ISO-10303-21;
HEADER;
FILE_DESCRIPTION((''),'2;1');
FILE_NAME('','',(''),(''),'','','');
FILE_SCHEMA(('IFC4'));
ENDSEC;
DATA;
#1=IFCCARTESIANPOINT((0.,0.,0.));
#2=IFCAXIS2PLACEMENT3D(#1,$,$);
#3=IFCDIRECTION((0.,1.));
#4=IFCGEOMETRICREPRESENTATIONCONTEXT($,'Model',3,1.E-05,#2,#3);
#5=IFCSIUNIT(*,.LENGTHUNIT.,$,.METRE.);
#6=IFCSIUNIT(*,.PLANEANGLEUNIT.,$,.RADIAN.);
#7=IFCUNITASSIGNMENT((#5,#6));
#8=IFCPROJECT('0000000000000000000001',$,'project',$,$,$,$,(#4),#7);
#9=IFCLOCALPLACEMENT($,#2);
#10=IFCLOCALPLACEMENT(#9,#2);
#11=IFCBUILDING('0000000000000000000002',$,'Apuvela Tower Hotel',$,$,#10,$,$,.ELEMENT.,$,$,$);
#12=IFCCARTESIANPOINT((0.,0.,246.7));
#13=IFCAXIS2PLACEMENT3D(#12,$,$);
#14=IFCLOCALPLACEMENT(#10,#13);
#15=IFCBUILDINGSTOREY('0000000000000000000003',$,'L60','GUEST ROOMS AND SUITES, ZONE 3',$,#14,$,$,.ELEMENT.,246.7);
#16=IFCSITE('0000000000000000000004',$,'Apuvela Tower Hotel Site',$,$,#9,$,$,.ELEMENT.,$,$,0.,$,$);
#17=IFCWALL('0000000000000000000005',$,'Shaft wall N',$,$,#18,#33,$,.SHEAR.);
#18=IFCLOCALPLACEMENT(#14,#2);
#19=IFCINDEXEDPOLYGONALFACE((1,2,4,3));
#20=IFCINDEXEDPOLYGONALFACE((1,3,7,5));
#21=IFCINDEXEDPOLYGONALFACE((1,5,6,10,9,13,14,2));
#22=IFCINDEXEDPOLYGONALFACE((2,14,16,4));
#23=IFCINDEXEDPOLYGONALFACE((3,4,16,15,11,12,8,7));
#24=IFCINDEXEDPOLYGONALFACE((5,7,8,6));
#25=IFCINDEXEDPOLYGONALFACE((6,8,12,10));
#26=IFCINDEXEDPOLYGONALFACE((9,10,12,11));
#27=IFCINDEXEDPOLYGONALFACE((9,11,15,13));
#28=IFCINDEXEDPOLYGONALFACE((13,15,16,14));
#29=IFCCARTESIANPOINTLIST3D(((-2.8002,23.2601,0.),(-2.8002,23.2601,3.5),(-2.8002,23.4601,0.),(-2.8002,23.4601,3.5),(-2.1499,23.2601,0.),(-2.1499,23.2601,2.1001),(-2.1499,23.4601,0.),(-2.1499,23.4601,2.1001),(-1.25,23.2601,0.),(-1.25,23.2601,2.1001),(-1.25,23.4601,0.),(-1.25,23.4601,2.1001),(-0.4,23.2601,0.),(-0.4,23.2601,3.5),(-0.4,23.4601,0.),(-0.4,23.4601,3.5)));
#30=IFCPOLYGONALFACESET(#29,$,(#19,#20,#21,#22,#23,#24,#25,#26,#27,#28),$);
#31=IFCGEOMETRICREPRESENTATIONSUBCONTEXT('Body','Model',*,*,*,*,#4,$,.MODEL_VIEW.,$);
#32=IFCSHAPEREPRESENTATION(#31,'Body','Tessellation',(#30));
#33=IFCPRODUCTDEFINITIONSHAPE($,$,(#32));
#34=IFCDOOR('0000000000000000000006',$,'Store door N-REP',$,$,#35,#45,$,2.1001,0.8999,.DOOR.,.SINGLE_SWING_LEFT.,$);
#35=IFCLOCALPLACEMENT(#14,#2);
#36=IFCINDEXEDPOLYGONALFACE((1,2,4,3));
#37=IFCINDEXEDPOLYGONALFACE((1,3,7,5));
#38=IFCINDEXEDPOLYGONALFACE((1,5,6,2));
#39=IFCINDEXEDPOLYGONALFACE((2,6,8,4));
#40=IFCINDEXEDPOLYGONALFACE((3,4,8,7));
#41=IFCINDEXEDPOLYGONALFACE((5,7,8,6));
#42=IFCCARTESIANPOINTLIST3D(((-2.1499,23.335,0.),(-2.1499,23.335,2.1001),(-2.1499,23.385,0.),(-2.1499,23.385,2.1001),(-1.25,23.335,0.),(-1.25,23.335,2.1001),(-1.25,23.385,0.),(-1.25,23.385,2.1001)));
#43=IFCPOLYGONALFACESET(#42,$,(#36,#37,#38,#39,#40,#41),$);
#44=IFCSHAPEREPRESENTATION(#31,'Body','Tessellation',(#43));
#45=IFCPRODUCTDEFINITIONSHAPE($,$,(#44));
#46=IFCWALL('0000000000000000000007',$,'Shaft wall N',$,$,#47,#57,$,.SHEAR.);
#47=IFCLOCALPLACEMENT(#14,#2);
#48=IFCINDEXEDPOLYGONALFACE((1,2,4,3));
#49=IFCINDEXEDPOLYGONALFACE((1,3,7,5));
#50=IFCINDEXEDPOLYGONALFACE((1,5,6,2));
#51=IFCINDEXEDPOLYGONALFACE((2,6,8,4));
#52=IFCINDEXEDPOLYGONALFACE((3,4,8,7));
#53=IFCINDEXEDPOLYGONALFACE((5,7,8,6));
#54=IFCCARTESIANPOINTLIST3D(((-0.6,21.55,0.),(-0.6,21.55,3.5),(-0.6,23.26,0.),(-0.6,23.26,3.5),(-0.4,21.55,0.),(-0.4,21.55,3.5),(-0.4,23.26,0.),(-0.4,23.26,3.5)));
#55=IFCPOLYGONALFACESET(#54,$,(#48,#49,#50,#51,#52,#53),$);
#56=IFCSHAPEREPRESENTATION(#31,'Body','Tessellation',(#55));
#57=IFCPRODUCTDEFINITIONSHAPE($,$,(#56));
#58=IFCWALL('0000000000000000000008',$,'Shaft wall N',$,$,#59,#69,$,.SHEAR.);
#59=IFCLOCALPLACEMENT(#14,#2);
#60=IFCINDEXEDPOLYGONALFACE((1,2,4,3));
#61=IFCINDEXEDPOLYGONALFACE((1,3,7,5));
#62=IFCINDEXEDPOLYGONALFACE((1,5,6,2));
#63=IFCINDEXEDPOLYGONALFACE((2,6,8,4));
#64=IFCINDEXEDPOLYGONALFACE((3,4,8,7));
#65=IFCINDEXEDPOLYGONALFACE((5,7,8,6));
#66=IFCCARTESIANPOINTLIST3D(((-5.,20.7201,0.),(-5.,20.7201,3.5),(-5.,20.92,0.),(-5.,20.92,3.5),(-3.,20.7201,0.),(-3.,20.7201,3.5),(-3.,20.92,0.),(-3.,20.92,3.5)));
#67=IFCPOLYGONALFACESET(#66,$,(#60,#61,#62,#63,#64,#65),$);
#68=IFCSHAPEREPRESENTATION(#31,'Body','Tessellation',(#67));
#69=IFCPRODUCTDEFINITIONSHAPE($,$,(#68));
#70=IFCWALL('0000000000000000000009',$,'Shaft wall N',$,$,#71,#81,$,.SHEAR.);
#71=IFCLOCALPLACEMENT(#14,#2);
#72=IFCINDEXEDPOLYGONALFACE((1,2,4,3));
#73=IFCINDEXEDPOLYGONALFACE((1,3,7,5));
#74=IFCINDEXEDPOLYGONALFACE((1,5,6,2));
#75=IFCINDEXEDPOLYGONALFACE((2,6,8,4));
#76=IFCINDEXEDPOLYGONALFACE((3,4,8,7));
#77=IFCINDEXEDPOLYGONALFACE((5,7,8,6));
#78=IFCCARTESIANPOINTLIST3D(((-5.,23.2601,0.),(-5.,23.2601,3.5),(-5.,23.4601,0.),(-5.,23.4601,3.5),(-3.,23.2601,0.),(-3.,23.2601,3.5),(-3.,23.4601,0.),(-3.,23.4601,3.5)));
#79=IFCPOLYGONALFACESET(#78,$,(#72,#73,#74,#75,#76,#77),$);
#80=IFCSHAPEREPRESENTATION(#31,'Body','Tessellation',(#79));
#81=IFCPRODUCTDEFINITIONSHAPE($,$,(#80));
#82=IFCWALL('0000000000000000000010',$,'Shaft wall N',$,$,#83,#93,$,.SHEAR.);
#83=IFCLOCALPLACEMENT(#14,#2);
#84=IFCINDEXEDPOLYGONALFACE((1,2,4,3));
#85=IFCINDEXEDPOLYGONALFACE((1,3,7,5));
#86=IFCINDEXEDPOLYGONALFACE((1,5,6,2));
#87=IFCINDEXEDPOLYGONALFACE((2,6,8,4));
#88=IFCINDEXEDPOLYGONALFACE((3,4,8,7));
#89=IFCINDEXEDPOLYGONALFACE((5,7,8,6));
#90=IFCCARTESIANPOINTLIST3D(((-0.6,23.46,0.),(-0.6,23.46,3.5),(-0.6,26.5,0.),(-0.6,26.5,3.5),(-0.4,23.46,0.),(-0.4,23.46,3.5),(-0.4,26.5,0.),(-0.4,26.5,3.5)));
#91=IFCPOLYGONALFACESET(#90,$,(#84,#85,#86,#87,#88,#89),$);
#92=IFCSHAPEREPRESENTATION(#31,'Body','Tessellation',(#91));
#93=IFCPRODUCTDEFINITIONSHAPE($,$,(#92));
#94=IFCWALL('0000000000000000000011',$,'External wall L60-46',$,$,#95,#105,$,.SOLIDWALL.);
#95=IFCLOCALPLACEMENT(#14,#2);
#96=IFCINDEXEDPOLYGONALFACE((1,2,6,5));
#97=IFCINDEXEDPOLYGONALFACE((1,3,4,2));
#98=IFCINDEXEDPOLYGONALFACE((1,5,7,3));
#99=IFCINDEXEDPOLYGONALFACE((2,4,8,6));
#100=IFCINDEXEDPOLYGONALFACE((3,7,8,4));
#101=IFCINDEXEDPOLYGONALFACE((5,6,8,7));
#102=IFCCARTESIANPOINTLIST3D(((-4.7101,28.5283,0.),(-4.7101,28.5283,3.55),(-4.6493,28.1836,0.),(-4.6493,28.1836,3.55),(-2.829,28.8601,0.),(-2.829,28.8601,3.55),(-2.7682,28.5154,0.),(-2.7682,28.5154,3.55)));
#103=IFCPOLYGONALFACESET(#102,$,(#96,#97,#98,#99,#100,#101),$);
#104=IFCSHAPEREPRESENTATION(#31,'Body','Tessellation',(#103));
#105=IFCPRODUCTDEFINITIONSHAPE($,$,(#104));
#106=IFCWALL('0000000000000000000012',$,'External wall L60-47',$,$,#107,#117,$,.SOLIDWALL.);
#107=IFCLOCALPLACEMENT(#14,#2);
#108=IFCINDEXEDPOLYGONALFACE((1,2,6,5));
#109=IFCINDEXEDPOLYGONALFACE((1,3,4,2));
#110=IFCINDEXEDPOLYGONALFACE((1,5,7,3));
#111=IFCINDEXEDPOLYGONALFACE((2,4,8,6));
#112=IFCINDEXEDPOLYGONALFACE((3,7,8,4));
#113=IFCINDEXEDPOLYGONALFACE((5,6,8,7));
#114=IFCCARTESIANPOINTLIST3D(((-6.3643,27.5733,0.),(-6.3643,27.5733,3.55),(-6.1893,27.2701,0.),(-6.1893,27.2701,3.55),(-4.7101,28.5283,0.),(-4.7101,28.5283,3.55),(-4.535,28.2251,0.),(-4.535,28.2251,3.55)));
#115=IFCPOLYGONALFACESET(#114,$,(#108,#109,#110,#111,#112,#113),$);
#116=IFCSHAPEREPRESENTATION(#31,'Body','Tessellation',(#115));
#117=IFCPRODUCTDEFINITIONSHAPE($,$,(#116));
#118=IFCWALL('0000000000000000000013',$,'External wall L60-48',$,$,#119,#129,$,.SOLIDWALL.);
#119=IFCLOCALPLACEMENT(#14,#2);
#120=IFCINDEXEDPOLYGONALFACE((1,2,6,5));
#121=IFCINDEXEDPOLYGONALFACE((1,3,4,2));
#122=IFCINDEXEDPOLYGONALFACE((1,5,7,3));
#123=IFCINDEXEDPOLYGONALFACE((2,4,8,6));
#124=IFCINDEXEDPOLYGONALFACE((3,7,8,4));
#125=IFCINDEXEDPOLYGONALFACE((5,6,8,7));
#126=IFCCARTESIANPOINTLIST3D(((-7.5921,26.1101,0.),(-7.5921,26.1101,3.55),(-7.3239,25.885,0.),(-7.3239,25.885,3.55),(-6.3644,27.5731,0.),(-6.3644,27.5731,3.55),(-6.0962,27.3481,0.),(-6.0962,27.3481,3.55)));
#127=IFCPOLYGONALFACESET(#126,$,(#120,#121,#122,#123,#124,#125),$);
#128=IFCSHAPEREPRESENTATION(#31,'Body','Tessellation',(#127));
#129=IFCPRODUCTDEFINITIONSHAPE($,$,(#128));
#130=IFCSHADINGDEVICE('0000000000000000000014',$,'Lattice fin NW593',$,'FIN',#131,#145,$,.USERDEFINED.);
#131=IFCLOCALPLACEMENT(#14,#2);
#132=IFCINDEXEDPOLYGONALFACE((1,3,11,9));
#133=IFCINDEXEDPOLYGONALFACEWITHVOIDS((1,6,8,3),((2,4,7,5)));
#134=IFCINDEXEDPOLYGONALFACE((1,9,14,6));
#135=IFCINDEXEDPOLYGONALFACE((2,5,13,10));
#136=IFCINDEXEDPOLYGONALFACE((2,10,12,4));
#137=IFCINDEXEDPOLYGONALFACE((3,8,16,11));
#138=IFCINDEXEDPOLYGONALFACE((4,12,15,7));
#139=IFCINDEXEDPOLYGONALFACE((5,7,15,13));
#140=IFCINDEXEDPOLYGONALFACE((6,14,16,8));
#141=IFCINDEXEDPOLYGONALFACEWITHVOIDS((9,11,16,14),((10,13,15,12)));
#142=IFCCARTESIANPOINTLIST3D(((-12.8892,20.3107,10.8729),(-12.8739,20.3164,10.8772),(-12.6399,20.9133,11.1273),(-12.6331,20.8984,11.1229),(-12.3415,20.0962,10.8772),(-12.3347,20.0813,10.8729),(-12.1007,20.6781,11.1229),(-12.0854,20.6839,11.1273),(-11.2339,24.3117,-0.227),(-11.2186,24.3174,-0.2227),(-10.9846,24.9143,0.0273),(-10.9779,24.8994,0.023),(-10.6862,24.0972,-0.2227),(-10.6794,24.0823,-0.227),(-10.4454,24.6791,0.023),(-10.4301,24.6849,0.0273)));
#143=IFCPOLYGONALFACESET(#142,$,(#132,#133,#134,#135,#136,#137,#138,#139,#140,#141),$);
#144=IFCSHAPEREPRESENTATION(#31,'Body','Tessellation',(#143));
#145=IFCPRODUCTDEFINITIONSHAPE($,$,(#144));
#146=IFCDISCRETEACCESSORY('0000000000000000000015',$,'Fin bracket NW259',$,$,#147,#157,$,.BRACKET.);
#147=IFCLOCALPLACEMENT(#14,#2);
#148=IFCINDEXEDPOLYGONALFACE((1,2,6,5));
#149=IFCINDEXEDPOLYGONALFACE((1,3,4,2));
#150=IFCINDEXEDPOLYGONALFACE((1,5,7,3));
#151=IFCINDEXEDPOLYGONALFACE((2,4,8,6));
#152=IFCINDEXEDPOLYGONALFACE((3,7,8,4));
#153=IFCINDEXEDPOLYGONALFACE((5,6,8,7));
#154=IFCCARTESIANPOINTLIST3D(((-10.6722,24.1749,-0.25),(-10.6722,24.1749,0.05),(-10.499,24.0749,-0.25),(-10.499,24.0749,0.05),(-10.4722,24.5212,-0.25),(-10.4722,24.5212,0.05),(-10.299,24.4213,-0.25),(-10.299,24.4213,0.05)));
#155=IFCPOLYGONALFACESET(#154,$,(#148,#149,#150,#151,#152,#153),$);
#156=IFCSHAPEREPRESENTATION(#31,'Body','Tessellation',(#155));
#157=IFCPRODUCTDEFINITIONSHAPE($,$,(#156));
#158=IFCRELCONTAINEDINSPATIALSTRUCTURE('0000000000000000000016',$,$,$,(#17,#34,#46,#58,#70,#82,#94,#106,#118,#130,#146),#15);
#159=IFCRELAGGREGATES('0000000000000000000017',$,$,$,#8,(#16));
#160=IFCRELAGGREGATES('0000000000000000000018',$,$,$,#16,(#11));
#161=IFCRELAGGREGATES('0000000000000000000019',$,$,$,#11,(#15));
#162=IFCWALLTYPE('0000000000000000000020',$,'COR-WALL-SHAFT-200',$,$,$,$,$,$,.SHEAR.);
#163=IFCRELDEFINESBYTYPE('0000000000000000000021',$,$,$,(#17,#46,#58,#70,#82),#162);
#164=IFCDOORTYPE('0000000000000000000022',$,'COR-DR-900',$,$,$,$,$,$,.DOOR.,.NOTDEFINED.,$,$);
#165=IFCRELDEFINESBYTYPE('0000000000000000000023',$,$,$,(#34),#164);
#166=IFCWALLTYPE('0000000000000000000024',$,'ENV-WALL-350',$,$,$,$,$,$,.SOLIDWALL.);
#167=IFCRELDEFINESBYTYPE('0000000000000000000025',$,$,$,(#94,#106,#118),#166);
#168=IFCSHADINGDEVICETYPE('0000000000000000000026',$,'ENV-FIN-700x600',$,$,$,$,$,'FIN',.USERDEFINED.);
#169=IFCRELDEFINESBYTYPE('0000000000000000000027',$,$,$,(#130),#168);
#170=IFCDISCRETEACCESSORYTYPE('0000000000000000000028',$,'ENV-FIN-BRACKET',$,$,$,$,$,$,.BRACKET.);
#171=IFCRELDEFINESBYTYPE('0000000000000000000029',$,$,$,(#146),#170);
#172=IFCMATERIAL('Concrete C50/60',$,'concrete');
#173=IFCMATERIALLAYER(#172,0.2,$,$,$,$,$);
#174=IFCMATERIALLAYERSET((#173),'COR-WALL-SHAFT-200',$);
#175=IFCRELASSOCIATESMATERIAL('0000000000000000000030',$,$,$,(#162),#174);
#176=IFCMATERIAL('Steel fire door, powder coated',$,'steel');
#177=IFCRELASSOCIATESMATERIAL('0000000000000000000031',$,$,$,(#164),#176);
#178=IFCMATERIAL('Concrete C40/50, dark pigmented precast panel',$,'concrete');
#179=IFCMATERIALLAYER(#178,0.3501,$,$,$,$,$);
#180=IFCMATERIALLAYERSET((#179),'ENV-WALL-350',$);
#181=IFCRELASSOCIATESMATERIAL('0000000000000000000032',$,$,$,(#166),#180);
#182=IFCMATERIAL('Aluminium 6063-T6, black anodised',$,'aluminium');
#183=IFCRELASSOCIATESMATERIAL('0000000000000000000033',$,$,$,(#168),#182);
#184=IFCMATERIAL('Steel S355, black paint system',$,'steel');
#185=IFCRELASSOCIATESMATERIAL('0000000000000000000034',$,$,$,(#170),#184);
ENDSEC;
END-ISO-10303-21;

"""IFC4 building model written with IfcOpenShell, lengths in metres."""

from ifc_helpers import new_model, si_unit, direction, frame, frame_2d, origin, origin_2d, place, context, subcontext, project, spatial, rectangle, hollow_rectangle, extrude, material, layer, layer_set, material_profile, profile_set, type_object, element, fill, save


model = new_model("IFC4")

# Units and contexts
model_context = context("Model", 3, precision=1e-05, world=origin(), true_north=direction((0.0, 1.0)))
body_context = subcontext(model_context, "Body", "Model", "MODEL_VIEW")
ifc_project = project(units=[si_unit("LENGTHUNIT", "METRE"), si_unit("PLANEANGLEUNIT", "RADIAN")], contexts=[model_context])

# Site, building, storey
site_placement = place(None, origin())
site = spatial("IfcSite", under=ifc_project, at=site_placement, Name="Apuvela Tower Hotel Site", CompositionType="ELEMENT", RefElevation=0.0)
building_placement = place(site_placement, origin())
building = spatial("IfcBuilding", under=site, at=building_placement, Name="Apuvela Tower Hotel", CompositionType="ELEMENT")
storey_placement = place(building_placement, frame((0.0, 0.0, 246.7)))
storey = spatial("IfcBuildingStorey", under=building, at=storey_placement, Name="L60", Description="GUEST ROOMS AND SUITES, ZONE 3", CompositionType="ELEMENT", Elevation=246.7)

# Wall, opening, door
ifc_material_1 = material(Name="Concrete C50/60", Category="concrete")
ifc_layer_1 = layer(ifc_material_1, 0.2)
ifc_layer_set_1 = layer_set([ifc_layer_1], Name="COR-WALL-SHAFT-200")
wall_type_1 = type_object("IfcWallType", Name="COR-WALL-SHAFT-200", PredefinedType="SHEAR", material=ifc_layer_set_1)
wall_1_placement = place(storey_placement, frame((-0.3999, 23.3601, 0.0), z_axis=(0.0, 0.0, 1.0), x_axis=(-1.0, 0.0, 0.0)))
wall_1 = element("IfcWall", 1, at=wall_1_placement, inside=storey, type_object=wall_type_1, Name="Shaft wall N", PredefinedType="SHEAR", context=body_context, shape_type="SweptSolid", body=[
    extrude(rectangle(XDim=2.4001, YDim=0.2, at=frame_2d((1.2002, 0.0))), origin(), (0.0, 0.0, 1.0), 3.5),
])
opening_1_placement = place(wall_1_placement, frame((0.8501, 0.0, 0.0)))
opening_1 = element("IfcOpeningElement", 2, at=opening_1_placement, cuts=wall_1, PredefinedType="OPENING", context=body_context, shape_type="SweptSolid", body=[
    extrude(rectangle(XDim=0.8999, YDim=2.1001, at=frame_2d((0.45, 1.05))), frame((0.0, 0.1099, 0.0), z_axis=(0.0, -1.0, 0.0), x_axis=(1.0, 0.0, 0.0)), (0.0, 0.0, 1.0), 0.22),
])
ifc_material_2 = material(Name="Steel fire door, powder coated", Category="steel")
door_type_1 = type_object("IfcDoorType", Name="COR-DR-900", OperationType="NOTDEFINED", PredefinedType="DOOR", material=ifc_material_2)
door_1_placement = place(opening_1_placement, frame((0.8999, 0.0, 0.0), z_axis=(0.0, 0.0, 1.0), x_axis=(-1.0, 0.0, 0.0)))
door_1 = element("IfcDoor", 3, at=door_1_placement, inside=storey, type_object=door_type_1, Name="Store door N-REP", OperationType="SINGLE_SWING_LEFT", OverallHeight=2.1001, OverallWidth=0.8999, PredefinedType="DOOR", context=body_context, shape_type="SweptSolid", body=[
    extrude(rectangle(XDim=0.8999, YDim=2.1001, at=frame_2d((0.45, 1.05))), frame((0.0, 0.0249, 0.0), z_axis=(0.0, -1.0, 0.0), x_axis=(1.0, 0.0, 0.0)), (0.0, 0.0, 1.0), 0.05),
])
fill(opening_1, door_1)

# Walls
wall_2_placement = place(storey_placement, frame((-0.5, 21.55, 0.0), z_axis=(0.0, 0.0, 1.0), x_axis=(0.0, 1.0, 0.0)))
element("IfcWall", 4, at=wall_2_placement, inside=storey, type_object=wall_type_1, Name="Shaft wall N", PredefinedType="SHEAR", context=body_context, shape_type="SweptSolid", body=[
    extrude(rectangle(XDim=1.71, YDim=0.2, at=frame_2d((0.855, 0.0))), origin(), (0.0, 0.0, 1.0), 3.5),
])
for number, where, z_axis, x_axis, name in (
    (5, (-3.0, 20.8201, 0.0), (0.0, 0.0, 1.0), (-1.0, 0.0, 0.0), "Shaft wall N"),
    (6, (-3.0, 23.3601, 0.0), (0.0, 0.0, 1.0), (-1.0, 0.0, 0.0), "Shaft wall N"),
):
    element("IfcWall", number, at=place(storey_placement, frame(where, z_axis=z_axis, x_axis=x_axis)), inside=storey, type_object=wall_type_1, Name=name, PredefinedType="SHEAR", context=body_context, shape_type="SweptSolid", body=[
        extrude(rectangle(XDim=2.0, YDim=0.2, at=frame_2d((1.0, 0.0))), origin(), (0.0, 0.0, 1.0), 3.5),
    ])
wall_3_placement = place(storey_placement, frame((-0.5, 23.46, 0.0), z_axis=(0.0, 0.0, 1.0), x_axis=(0.0, 1.0, 0.0)))
element("IfcWall", 7, at=wall_3_placement, inside=storey, type_object=wall_type_1, Name="Shaft wall N", PredefinedType="SHEAR", context=body_context, shape_type="SweptSolid", body=[
    extrude(rectangle(XDim=3.04, YDim=0.2, at=frame_2d((1.52, 0.0))), origin(), (0.0, 0.0, 1.0), 3.5),
])

# Shared definitions
ifc_material_3 = material(Name="Concrete C40/50, dark pigmented precast panel", Category="concrete")
ifc_layer_2 = layer(ifc_material_3, 0.3501)
ifc_layer_set_2 = layer_set([ifc_layer_2], Name="ENV-WALL-350")
wall_type_2 = type_object("IfcWallType", Name="ENV-WALL-350", PredefinedType="SOLIDWALL", material=ifc_layer_set_2)

# Walls
for number, where, z_axis, x_axis, name in (
    (8, (-2.7986, 28.6877, 0.0), (0.0, 0.0, 1.0), (-0.984799, -0.173698, 0.0), "External wall L60-46"),
    (9, (-4.6226, 28.3767, 0.0), (0.0, 0.0, 1.0), (-0.866032, -0.499988, 0.0), "External wall L60-47"),
):
    element("IfcWall", number, at=place(storey_placement, frame(where, z_axis=z_axis, x_axis=x_axis)), inside=storey, type_object=wall_type_2, Name=name, PredefinedType="SOLIDWALL", context=body_context, shape_type="SweptSolid", body=[
        extrude(rectangle(XDim=1.9102, YDim=0.3501, at=frame_2d((0.9551, 0.0))), origin(), (0.0, 0.0, 1.0), 3.55),
    ])
wall_4_placement = place(storey_placement, frame((-6.2302, 27.4607, 0.0), z_axis=(0.0, 0.0, 1.0), x_axis=(-0.642808, -0.766027, 0.0)))
element("IfcWall", 10, at=wall_4_placement, inside=storey, type_object=wall_type_2, Name="External wall L60-48", PredefinedType="SOLIDWALL", context=body_context, shape_type="SweptSolid", body=[
    extrude(rectangle(XDim=1.9099, YDim=0.3501, at=frame_2d((0.9551, 0.0))), origin(), (0.0, 0.0, 1.0), 3.55),
])

# Shading device
ifc_material_4 = material(Name="Aluminium 6063-T6, black anodised", Category="aluminium")
ifc_material_profile_1 = material_profile(ifc_material_4, hollow_rectangle(XDim=0.6001, YDim=0.7, WallThickness=0.012, at=origin_2d()), Name="AL BOX 700x600x12")
ifc_profile_set_1 = profile_set([ifc_material_profile_1], Name="Aluminium 6063-T6, black anodised")
shading_device_type = type_object("IfcShadingDeviceType", Name="ENV-FIN-700x600", ElementType="FIN", PredefinedType="USERDEFINED", material=ifc_profile_set_1)
shading_device_placement = place(storey_placement, frame((-10.832, 24.4983, -0.0999), z_axis=(-0.13893, -0.335808, 0.931628), x_axis=(0.924042, -0.382292, 0.0)))
element("IfcShadingDevice", 11, at=shading_device_placement, inside=storey, type_object=shading_device_type, Name="Lattice fin NW593", ObjectType="FIN", PredefinedType="USERDEFINED", context=body_context, shape_type="SweptSolid", body=[
    extrude(hollow_rectangle(XDim=0.6001, YDim=0.7, WallThickness=0.012, at=origin_2d()), origin(), (0.0, 0.0, 1.0), 11.9146),
])

# Discrete accessory
ifc_material_5 = material(Name="Steel S355, black paint system", Category="steel")
discrete_accessory_type = type_object("IfcDiscreteAccessoryType", Name="ENV-FIN-BRACKET", PredefinedType="BRACKET", material=ifc_material_5)
discrete_accessory_placement = place(storey_placement, frame((-10.4856, 24.2981, -0.25), z_axis=(0.0, 0.0, 1.0), x_axis=(-0.5, -0.866025, 0.0)))
element("IfcDiscreteAccessory", 12, at=discrete_accessory_placement, inside=storey, type_object=discrete_accessory_type, Name="Fin bracket NW259", PredefinedType="BRACKET", context=body_context, shape_type="SweptSolid", body=[
    extrude(rectangle(XDim=0.3999, YDim=0.2, at=origin_2d()), origin(), (0.0, 0.0, 1.0), 0.3),
])

save(model, "model.ifc")
